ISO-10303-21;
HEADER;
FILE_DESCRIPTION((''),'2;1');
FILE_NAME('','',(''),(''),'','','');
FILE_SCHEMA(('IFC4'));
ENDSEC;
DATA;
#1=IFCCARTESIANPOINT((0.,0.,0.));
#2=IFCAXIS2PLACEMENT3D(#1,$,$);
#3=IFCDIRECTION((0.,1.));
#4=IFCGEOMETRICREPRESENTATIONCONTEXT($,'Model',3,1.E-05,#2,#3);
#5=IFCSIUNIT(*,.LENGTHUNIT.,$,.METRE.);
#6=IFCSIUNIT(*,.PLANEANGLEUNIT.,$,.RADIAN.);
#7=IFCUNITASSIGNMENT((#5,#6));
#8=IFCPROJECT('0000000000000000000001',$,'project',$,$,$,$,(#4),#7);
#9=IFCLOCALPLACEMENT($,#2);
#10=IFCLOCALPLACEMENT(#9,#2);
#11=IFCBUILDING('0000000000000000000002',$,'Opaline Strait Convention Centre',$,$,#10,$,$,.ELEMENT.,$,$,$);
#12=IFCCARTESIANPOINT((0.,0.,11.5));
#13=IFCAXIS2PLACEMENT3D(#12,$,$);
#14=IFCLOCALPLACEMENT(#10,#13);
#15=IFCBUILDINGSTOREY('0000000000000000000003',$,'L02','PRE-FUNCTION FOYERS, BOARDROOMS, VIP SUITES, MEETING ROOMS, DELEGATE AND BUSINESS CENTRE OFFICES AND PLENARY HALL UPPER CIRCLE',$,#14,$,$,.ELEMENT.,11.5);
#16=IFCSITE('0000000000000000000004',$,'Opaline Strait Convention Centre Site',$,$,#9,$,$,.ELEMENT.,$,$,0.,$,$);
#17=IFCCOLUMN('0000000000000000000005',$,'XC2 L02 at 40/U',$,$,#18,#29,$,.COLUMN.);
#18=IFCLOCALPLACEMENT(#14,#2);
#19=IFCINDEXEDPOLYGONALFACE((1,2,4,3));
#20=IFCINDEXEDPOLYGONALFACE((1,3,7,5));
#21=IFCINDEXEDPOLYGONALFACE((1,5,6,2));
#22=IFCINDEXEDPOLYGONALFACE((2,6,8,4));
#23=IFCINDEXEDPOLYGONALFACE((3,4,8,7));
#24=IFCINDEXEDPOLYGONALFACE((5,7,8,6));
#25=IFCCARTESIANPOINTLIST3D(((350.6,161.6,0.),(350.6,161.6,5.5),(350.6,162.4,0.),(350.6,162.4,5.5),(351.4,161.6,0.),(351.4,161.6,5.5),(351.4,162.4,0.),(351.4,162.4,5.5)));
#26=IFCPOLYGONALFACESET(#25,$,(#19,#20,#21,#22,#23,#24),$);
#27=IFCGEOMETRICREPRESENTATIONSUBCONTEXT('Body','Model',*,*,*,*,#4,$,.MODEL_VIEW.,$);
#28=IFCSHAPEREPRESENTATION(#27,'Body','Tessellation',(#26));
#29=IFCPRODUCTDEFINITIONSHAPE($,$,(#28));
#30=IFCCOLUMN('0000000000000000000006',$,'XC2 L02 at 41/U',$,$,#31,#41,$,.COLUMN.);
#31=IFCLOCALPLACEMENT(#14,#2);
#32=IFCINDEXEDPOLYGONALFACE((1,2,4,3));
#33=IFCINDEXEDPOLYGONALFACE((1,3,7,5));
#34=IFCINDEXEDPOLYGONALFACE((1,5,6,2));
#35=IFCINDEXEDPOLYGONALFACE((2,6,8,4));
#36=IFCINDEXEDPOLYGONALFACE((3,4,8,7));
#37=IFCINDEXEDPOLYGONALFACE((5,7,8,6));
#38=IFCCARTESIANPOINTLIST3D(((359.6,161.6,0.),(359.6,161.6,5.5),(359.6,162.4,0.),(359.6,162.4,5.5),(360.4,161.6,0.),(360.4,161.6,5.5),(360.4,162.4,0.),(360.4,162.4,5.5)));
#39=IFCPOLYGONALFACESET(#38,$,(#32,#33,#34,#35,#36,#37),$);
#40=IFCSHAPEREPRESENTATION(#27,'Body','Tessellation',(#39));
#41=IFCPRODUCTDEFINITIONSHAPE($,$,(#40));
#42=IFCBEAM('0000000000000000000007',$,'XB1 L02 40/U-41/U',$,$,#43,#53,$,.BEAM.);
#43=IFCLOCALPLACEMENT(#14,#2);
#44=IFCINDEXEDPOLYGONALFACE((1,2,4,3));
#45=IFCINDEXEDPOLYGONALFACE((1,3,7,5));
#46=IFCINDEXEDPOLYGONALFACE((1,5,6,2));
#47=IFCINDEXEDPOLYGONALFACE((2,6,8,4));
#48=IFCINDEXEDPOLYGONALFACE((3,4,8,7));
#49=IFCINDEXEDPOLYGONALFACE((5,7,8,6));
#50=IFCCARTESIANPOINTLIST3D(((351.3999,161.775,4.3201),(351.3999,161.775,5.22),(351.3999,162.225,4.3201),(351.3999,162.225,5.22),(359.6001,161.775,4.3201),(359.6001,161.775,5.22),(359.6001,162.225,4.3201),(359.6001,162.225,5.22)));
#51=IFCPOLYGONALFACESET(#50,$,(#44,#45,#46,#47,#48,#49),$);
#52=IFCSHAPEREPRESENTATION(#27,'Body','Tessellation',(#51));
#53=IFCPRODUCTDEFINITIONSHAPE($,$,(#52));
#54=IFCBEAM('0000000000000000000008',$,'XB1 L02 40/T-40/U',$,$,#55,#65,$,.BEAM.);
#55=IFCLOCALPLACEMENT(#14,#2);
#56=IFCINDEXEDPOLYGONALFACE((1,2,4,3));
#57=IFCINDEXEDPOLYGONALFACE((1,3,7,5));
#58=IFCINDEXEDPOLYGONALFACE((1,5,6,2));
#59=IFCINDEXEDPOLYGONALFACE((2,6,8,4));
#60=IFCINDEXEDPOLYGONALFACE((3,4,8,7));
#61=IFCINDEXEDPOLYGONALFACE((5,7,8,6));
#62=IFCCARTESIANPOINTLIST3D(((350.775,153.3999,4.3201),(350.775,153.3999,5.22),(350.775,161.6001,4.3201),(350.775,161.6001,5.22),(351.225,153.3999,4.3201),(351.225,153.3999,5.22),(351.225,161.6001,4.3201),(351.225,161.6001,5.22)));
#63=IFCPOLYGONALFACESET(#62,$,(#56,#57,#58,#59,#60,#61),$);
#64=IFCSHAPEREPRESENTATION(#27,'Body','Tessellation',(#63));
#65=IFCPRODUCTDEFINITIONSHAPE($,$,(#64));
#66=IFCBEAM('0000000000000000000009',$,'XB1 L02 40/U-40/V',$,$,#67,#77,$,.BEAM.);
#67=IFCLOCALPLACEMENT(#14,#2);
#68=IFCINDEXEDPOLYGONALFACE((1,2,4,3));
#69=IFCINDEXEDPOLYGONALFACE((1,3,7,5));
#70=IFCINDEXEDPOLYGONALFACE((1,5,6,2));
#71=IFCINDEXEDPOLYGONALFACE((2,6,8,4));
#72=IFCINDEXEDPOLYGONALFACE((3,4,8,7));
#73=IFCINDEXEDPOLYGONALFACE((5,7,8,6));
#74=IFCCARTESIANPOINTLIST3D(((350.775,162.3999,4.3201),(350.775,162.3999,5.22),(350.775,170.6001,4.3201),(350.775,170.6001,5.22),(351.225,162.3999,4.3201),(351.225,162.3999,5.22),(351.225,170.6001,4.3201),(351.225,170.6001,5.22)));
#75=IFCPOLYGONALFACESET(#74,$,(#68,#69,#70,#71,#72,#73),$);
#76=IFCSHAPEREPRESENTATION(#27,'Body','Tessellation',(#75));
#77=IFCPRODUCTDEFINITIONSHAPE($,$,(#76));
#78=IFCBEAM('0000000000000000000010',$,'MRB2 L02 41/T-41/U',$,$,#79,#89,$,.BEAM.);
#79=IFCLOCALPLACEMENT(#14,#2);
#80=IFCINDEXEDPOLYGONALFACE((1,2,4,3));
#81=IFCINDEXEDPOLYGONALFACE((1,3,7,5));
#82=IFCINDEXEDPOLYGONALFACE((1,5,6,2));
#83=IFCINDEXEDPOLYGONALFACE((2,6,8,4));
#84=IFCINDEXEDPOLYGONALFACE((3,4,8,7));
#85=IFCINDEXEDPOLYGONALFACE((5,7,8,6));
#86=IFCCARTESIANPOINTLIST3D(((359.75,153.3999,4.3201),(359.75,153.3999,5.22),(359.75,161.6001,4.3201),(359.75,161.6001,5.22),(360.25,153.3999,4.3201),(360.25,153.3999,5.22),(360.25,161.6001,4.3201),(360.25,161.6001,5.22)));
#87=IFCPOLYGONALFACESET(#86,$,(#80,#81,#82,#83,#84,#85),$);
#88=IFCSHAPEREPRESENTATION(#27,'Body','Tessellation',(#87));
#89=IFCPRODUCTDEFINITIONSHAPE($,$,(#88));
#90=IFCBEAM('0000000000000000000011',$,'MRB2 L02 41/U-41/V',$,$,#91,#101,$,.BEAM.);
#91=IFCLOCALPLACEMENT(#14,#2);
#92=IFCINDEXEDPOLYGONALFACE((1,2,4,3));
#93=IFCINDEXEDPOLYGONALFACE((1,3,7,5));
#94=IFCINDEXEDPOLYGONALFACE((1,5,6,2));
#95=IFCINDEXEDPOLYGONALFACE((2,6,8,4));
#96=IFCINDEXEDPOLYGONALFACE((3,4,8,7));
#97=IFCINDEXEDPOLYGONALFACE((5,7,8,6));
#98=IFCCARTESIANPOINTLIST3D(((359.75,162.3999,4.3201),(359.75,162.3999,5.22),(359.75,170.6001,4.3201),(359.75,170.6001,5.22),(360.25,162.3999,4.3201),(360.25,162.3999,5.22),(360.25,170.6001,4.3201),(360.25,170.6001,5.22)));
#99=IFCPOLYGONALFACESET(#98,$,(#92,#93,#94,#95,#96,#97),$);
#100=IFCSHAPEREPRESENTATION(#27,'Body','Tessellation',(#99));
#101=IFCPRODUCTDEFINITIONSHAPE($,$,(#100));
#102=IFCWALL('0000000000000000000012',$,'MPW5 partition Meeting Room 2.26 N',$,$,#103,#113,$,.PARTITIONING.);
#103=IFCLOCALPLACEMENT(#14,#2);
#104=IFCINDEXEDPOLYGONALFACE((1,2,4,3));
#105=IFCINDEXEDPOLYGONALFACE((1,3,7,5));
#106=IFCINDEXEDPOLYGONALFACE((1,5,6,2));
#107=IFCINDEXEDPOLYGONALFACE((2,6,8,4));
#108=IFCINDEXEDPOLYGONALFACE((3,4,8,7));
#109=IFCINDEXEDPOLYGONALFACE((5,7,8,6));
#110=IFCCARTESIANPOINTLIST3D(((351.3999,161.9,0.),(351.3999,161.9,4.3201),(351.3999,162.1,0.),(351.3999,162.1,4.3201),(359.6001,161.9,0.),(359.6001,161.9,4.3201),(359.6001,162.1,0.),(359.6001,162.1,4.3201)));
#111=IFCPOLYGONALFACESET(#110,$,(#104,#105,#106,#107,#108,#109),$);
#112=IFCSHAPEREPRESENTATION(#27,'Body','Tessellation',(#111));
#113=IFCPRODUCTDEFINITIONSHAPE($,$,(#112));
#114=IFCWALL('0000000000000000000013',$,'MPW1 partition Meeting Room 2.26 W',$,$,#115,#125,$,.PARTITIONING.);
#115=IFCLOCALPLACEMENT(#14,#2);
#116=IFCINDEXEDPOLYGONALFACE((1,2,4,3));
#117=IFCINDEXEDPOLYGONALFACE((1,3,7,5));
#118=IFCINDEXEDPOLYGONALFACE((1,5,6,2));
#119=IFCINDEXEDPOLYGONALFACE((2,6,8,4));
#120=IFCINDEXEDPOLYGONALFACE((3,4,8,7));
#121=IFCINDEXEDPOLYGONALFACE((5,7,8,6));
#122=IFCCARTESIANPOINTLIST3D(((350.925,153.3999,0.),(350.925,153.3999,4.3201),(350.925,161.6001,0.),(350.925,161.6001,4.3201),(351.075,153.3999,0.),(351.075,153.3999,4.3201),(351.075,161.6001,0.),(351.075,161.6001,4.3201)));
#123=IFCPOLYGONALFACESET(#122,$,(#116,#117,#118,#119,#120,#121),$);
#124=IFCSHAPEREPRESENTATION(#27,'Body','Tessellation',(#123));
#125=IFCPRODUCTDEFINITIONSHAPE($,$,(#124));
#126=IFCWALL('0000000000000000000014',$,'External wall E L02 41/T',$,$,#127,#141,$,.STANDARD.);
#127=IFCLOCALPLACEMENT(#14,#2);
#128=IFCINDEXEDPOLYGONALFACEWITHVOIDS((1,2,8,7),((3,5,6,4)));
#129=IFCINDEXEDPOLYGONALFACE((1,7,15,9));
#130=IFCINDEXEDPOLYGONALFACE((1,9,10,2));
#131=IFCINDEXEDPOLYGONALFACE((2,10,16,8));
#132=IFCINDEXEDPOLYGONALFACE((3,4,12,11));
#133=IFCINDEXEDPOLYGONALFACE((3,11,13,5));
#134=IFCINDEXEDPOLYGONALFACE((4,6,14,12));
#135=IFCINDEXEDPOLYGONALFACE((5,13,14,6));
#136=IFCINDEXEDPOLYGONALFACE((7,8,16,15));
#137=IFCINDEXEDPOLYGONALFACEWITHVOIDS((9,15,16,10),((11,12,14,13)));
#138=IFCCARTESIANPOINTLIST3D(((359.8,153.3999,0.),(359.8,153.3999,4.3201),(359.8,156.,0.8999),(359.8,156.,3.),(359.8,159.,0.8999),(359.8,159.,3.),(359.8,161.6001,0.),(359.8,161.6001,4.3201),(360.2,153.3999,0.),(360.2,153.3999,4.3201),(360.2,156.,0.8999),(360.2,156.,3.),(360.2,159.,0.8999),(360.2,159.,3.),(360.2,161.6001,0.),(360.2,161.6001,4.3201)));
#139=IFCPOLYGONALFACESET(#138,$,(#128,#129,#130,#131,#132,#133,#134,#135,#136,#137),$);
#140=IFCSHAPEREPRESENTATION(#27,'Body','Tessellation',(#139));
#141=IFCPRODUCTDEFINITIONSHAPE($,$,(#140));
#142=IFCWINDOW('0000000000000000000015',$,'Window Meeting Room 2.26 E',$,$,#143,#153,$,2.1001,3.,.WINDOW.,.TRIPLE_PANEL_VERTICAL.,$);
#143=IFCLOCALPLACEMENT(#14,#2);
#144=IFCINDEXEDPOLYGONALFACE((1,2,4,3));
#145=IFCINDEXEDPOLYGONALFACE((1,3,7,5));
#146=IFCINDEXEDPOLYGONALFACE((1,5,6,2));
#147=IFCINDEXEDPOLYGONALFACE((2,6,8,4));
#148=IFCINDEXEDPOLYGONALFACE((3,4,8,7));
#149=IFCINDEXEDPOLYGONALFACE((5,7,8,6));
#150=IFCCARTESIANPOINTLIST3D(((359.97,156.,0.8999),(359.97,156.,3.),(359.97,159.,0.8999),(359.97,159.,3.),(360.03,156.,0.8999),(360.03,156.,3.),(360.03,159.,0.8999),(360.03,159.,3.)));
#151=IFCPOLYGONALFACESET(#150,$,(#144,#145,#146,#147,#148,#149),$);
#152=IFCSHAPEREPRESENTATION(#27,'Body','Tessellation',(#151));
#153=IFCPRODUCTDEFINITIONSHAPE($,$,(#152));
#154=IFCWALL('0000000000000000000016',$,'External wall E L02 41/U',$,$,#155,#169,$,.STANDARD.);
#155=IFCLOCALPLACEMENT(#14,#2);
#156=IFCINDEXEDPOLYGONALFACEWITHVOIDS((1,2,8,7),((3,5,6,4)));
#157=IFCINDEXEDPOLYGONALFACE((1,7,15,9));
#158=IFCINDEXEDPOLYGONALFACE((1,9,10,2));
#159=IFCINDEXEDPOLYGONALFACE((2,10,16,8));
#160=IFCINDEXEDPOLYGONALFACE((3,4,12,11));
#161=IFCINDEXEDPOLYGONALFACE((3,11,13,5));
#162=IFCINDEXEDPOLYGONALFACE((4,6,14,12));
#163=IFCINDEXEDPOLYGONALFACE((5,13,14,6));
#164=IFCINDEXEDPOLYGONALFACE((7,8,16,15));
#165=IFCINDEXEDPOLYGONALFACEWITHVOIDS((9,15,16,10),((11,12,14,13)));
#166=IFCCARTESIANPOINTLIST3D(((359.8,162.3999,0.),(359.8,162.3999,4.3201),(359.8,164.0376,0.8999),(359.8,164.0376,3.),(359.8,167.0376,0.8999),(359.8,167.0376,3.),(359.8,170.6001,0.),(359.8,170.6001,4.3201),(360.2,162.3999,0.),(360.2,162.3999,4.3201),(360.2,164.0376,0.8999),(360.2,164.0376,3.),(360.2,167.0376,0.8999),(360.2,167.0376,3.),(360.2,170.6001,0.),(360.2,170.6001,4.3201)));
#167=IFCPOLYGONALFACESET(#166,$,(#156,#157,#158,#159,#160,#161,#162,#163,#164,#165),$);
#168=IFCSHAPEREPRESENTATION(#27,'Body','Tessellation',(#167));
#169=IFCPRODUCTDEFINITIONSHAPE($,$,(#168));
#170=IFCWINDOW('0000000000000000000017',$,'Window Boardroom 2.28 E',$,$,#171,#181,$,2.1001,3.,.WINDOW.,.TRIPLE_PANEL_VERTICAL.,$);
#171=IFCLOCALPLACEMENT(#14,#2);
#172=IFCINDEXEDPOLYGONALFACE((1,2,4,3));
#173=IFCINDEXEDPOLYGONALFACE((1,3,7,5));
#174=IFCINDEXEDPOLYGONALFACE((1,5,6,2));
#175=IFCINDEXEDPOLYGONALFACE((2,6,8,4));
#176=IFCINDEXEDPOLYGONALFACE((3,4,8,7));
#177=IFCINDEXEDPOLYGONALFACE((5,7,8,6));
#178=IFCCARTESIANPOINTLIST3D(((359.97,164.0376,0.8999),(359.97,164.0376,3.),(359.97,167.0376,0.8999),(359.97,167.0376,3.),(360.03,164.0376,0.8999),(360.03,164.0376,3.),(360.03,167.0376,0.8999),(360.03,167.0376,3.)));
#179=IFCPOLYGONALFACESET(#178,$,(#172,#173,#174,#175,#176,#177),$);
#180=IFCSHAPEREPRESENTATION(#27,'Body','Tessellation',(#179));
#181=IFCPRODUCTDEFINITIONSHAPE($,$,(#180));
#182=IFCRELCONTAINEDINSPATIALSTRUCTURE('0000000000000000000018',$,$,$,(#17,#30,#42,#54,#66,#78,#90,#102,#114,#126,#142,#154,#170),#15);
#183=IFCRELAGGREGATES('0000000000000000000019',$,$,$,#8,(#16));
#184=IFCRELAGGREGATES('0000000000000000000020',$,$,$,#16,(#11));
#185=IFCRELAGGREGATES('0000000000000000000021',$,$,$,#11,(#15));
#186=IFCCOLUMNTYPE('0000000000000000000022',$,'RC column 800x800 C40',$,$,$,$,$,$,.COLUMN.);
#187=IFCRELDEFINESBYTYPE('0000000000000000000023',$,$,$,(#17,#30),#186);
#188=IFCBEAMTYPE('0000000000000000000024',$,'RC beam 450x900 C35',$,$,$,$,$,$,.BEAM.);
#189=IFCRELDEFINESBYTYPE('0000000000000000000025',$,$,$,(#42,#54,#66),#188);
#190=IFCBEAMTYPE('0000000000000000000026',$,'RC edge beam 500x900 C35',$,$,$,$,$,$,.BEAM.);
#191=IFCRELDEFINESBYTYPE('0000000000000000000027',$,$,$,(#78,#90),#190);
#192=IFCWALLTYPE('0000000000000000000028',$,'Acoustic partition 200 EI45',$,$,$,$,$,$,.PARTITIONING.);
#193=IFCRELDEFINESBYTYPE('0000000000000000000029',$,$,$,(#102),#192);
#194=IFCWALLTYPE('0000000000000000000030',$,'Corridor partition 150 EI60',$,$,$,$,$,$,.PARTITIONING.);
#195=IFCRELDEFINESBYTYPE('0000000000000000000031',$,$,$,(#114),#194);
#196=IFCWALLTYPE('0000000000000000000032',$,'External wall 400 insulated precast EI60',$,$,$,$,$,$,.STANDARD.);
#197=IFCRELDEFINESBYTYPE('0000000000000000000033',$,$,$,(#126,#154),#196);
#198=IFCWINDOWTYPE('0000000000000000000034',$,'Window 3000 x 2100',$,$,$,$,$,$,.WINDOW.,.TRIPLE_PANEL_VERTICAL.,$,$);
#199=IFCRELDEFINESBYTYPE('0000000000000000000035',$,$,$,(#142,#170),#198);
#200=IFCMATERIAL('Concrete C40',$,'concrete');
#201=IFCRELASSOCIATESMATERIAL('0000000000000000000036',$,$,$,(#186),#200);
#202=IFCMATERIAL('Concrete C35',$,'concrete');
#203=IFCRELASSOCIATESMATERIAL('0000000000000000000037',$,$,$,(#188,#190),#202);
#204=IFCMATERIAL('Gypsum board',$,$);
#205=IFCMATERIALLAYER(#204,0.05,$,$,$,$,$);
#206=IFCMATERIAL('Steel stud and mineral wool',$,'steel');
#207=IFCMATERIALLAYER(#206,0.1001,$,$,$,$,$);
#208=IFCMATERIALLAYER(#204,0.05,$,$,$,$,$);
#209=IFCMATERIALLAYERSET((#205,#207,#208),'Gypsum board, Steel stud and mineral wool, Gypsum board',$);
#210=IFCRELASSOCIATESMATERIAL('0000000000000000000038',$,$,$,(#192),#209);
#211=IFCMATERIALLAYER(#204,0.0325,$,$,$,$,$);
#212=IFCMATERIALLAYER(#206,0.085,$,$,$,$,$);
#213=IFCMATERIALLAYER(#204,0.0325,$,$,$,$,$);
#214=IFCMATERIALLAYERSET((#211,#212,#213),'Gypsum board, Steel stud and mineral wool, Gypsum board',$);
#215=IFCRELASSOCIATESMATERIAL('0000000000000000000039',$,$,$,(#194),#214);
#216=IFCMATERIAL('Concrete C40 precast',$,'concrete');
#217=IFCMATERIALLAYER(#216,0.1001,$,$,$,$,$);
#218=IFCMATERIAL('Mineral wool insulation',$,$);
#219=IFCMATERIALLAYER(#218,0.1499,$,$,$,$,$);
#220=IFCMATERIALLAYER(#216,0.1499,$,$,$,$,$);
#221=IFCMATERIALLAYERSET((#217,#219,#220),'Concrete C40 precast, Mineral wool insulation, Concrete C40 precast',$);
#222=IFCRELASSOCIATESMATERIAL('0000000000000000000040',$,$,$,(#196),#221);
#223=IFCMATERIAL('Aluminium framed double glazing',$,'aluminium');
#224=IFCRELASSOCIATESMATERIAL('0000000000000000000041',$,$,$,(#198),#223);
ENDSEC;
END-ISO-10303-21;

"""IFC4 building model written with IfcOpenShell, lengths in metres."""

from ifc_helpers import new_model, si_unit, direction, frame, frame_2d, origin, origin_2d, place, context, subcontext, project, spatial, rectangle, extrude, material, layer, layer_set, material_profile, profile_set, type_object, element, fill, save


model = new_model("IFC4")

# Units and contexts
model_context = context("Model", 3, precision=1e-05, world=origin(), true_north=direction((0.0, 1.0)))
body_context = subcontext(model_context, "Body", "Model", "MODEL_VIEW")
ifc_project = project(units=[si_unit("LENGTHUNIT", "METRE"), si_unit("PLANEANGLEUNIT", "RADIAN")], contexts=[model_context])

# Site, building, storey
site_placement = place(None, origin())
site = spatial("IfcSite", under=ifc_project, at=site_placement, Name="Opaline Strait Convention Centre Site", CompositionType="ELEMENT", RefElevation=0.0)
building_placement = place(site_placement, origin())
building = spatial("IfcBuilding", under=site, at=building_placement, Name="Opaline Strait Convention Centre", CompositionType="ELEMENT")
storey_placement = place(building_placement, frame((0.0, 0.0, 11.5)))
storey = spatial("IfcBuildingStorey", under=building, at=storey_placement, Name="L02", Description="PRE-FUNCTION FOYERS, BOARDROOMS, VIP SUITES, MEETING ROOMS, DELEGATE AND BUSINESS CENTRE OFFICES AND PLENARY HALL UPPER CIRCLE", CompositionType="ELEMENT", Elevation=11.5)

# Columns
ifc_material_1 = material(Name="Concrete C40", Category="concrete")
ifc_material_profile_1 = material_profile(ifc_material_1, rectangle(XDim=0.8, YDim=0.8, at=origin_2d()), Name="RC 800x800")
ifc_profile_set_1 = profile_set([ifc_material_profile_1], Name="Concrete C40")
column_type = type_object("IfcColumnType", Name="RC column 800x800 C40", PredefinedType="COLUMN", material=ifc_profile_set_1)
for number, where, z_axis, x_axis, name in (
    (1, (351.0, 162.0, 0.0), (0.0, 0.0, 1.0), (1.0, 0.0, 0.0), "XC2 L02 at 40/U"),
    (2, (360.0, 162.0, 0.0), (0.0, 0.0, 1.0), (1.0, 0.0, 0.0), "XC2 L02 at 41/U"),
):
    element("IfcColumn", number, at=place(storey_placement, frame(where, z_axis=z_axis, x_axis=x_axis)), inside=storey, type_object=column_type, Name=name, PredefinedType="COLUMN", context=body_context, shape_type="SweptSolid", body=[
        extrude(rectangle(XDim=0.8, YDim=0.8, at=origin_2d()), origin(), (0.0, 0.0, 1.0), 5.5),
    ])

# Beams
ifc_material_2 = material(Name="Concrete C35", Category="concrete")
ifc_material_profile_2 = material_profile(ifc_material_2, rectangle(XDim=0.45, YDim=0.8999, at=origin_2d()), Name="RC 450x900")
ifc_profile_set_2 = profile_set([ifc_material_profile_2], Name="Concrete C35")
beam_type_1 = type_object("IfcBeamType", Name="RC beam 450x900 C35", PredefinedType="BEAM", material=ifc_profile_set_2)
for number, where, z_axis, x_axis, name in (
    (3, (351.3999, 162.0, 4.77), (1.0, 0.0, 0.0), (0.0, 1.0, 0.0), "XB1 L02 40/U-41/U"),
    (4, (351.0, 153.3999, 4.77), (0.0, 1.0, 0.0), (-1.0, 0.0, 0.0), "XB1 L02 40/T-40/U"),
    (5, (351.0, 162.3999, 4.77), (0.0, 1.0, 0.0), (-1.0, 0.0, 0.0), "XB1 L02 40/U-40/V"),
):
    element("IfcBeam", number, at=place(storey_placement, frame(where, z_axis=z_axis, x_axis=x_axis)), inside=storey, type_object=beam_type_1, Name=name, PredefinedType="BEAM", context=body_context, shape_type="SweptSolid", body=[
        extrude(rectangle(XDim=0.45, YDim=0.8999, at=origin_2d()), origin(), (0.0, 0.0, 1.0), 8.2002),
    ])
ifc_material_profile_3 = material_profile(ifc_material_2, rectangle(XDim=0.5, YDim=0.8999, at=origin_2d()), Name="RC 500x900")
ifc_profile_set_3 = profile_set([ifc_material_profile_3], Name="Concrete C35")
beam_type_2 = type_object("IfcBeamType", Name="RC edge beam 500x900 C35", PredefinedType="BEAM", material=ifc_profile_set_3)
for number, where, z_axis, x_axis, name in (
    (6, (360.0, 153.3999, 4.77), (0.0, 1.0, 0.0), (-1.0, 0.0, 0.0), "MRB2 L02 41/T-41/U"),
    (7, (360.0, 162.3999, 4.77), (0.0, 1.0, 0.0), (-1.0, 0.0, 0.0), "MRB2 L02 41/U-41/V"),
):
    element("IfcBeam", number, at=place(storey_placement, frame(where, z_axis=z_axis, x_axis=x_axis)), inside=storey, type_object=beam_type_2, Name=name, PredefinedType="BEAM", context=body_context, shape_type="SweptSolid", body=[
        extrude(rectangle(XDim=0.5, YDim=0.8999, at=origin_2d()), origin(), (0.0, 0.0, 1.0), 8.2002),
    ])

# Walls
ifc_material_3 = material(Name="Gypsum board")
ifc_layer_1 = layer(ifc_material_3, 0.05)
ifc_material_4 = material(Name="Steel stud and mineral wool", Category="steel")
ifc_layer_2 = layer(ifc_material_4, 0.1001)
ifc_layer_3 = layer(ifc_material_3, 0.05)
ifc_layer_set_1 = layer_set([ifc_layer_1, ifc_layer_2, ifc_layer_3], Name="Gypsum board, Steel stud and mineral wool, Gypsum board")
wall_type_1 = type_object("IfcWallType", Name="Acoustic partition 200 EI45", PredefinedType="PARTITIONING", material=ifc_layer_set_1)
wall_1_placement = place(storey_placement, frame((351.3999, 162.0, 0.0), z_axis=(0.0, 0.0, 1.0), x_axis=(1.0, 0.0, 0.0)))
element("IfcWall", 8, at=wall_1_placement, inside=storey, type_object=wall_type_1, Name="MPW5 partition Meeting Room 2.26 N", PredefinedType="PARTITIONING", context=body_context, shape_type="SweptSolid", body=[
    extrude(rectangle(XDim=8.2002, YDim=0.2, at=frame_2d((4.1001, 0.0))), origin(), (0.0, 0.0, 1.0), 4.3201),
])
ifc_layer_4 = layer(ifc_material_3, 0.0325)
ifc_layer_5 = layer(ifc_material_4, 0.085)
ifc_layer_6 = layer(ifc_material_3, 0.0325)
ifc_layer_set_2 = layer_set([ifc_layer_4, ifc_layer_5, ifc_layer_6], Name="Gypsum board, Steel stud and mineral wool, Gypsum board")
wall_type_2 = type_object("IfcWallType", Name="Corridor partition 150 EI60", PredefinedType="PARTITIONING", material=ifc_layer_set_2)
wall_2_placement = place(storey_placement, frame((351.0, 153.3999, 0.0), z_axis=(0.0, 0.0, 1.0), x_axis=(0.0, 1.0, 0.0)))
element("IfcWall", 9, at=wall_2_placement, inside=storey, type_object=wall_type_2, Name="MPW1 partition Meeting Room 2.26 W", PredefinedType="PARTITIONING", context=body_context, shape_type="SweptSolid", body=[
    extrude(rectangle(XDim=8.2002, YDim=0.1499, at=frame_2d((4.1001, 0.0))), origin(), (0.0, 0.0, 1.0), 4.3201),
])

# Walls, openings, windows
ifc_material_5 = material(Name="Concrete C40 precast", Category="concrete")
ifc_layer_7 = layer(ifc_material_5, 0.1001)
ifc_material_6 = material(Name="Mineral wool insulation")
ifc_layer_8 = layer(ifc_material_6, 0.1499)
ifc_layer_9 = layer(ifc_material_5, 0.1499)
ifc_layer_set_3 = layer_set([ifc_layer_7, ifc_layer_8, ifc_layer_9], Name="Concrete C40 precast, Mineral wool insulation, Concrete C40 precast")
wall_type_3 = type_object("IfcWallType", Name="External wall 400 insulated precast EI60", PredefinedType="STANDARD", material=ifc_layer_set_3)
wall_3_placement = place(storey_placement, frame((360.0, 153.3999, 0.0), z_axis=(0.0, 0.0, 1.0), x_axis=(0.0, 1.0, 0.0)))
wall_3 = element("IfcWall", 10, at=wall_3_placement, inside=storey, type_object=wall_type_3, Name="External wall E L02 41/T", PredefinedType="STANDARD", context=body_context, shape_type="SweptSolid", body=[
    extrude(rectangle(XDim=8.2002, YDim=0.3999, at=frame_2d((4.1001, 0.0))), origin(), (0.0, 0.0, 1.0), 4.3201),
])
opening_1_placement = place(wall_3_placement, frame((2.6001, 0.0, 0.8999)))
opening_1 = element("IfcOpeningElement", 11, at=opening_1_placement, cuts=wall_3, PredefinedType="OPENING", context=body_context, shape_type="SweptSolid", body=[
    extrude(rectangle(XDim=3.0, YDim=2.1001, at=frame_2d((1.5, 1.05))), frame((0.0, 0.21, 0.0), z_axis=(0.0, -1.0, 0.0), x_axis=(1.0, 0.0, 0.0)), (0.0, 0.0, 1.0), 0.4199),
])
ifc_material_7 = material(Name="Aluminium framed double glazing", Category="aluminium")
window_type = type_object("IfcWindowType", Name="Window 3000 x 2100", PartitioningType="TRIPLE_PANEL_VERTICAL", PredefinedType="WINDOW", material=ifc_material_7)
window_1_placement = place(opening_1_placement, origin())
window_1 = element("IfcWindow", 12, at=window_1_placement, inside=storey, type_object=window_type, Name="Window Meeting Room 2.26 E", OverallHeight=2.1001, OverallWidth=3.0, PartitioningType="TRIPLE_PANEL_VERTICAL", PredefinedType="WINDOW", context=body_context, shape_type="SweptSolid", body=[
    extrude(rectangle(XDim=3.0, YDim=2.1001, at=frame_2d((1.5, 1.05))), frame((0.0, 0.03, 0.0), z_axis=(0.0, -1.0, 0.0), x_axis=(1.0, 0.0, 0.0)), (0.0, 0.0, 1.0), 0.0601),
])
fill(opening_1, window_1)
wall_4_placement = place(storey_placement, frame((360.0, 162.3999, 0.0), z_axis=(0.0, 0.0, 1.0), x_axis=(0.0, 1.0, 0.0)))
wall_4 = element("IfcWall", 13, at=wall_4_placement, inside=storey, type_object=wall_type_3, Name="External wall E L02 41/U", PredefinedType="STANDARD", context=body_context, shape_type="SweptSolid", body=[
    extrude(rectangle(XDim=8.2002, YDim=0.3999, at=frame_2d((4.1001, 0.0))), origin(), (0.0, 0.0, 1.0), 4.3201),
])
opening_2_placement = place(wall_4_placement, frame((1.6377, 0.0, 0.8999)))
opening_2 = element("IfcOpeningElement", 14, at=opening_2_placement, cuts=wall_4, PredefinedType="OPENING", context=body_context, shape_type="SweptSolid", body=[
    extrude(rectangle(XDim=3.0, YDim=2.1001, at=frame_2d((1.5, 1.05))), frame((0.0, 0.21, 0.0), z_axis=(0.0, -1.0, 0.0), x_axis=(1.0, 0.0, 0.0)), (0.0, 0.0, 1.0), 0.4199),
])
window_2_placement = place(opening_2_placement, origin())
window_2 = element("IfcWindow", 15, at=window_2_placement, inside=storey, type_object=window_type, Name="Window Boardroom 2.28 E", OverallHeight=2.1001, OverallWidth=3.0, PartitioningType="TRIPLE_PANEL_VERTICAL", PredefinedType="WINDOW", context=body_context, shape_type="SweptSolid", body=[
    extrude(rectangle(XDim=3.0, YDim=2.1001, at=frame_2d((1.5, 1.05))), frame((0.0, 0.03, 0.0), z_axis=(0.0, -1.0, 0.0), x_axis=(1.0, 0.0, 0.0)), (0.0, 0.0, 1.0), 0.0601),
])
fill(opening_2, window_2)

save(model, "model.ifc")
